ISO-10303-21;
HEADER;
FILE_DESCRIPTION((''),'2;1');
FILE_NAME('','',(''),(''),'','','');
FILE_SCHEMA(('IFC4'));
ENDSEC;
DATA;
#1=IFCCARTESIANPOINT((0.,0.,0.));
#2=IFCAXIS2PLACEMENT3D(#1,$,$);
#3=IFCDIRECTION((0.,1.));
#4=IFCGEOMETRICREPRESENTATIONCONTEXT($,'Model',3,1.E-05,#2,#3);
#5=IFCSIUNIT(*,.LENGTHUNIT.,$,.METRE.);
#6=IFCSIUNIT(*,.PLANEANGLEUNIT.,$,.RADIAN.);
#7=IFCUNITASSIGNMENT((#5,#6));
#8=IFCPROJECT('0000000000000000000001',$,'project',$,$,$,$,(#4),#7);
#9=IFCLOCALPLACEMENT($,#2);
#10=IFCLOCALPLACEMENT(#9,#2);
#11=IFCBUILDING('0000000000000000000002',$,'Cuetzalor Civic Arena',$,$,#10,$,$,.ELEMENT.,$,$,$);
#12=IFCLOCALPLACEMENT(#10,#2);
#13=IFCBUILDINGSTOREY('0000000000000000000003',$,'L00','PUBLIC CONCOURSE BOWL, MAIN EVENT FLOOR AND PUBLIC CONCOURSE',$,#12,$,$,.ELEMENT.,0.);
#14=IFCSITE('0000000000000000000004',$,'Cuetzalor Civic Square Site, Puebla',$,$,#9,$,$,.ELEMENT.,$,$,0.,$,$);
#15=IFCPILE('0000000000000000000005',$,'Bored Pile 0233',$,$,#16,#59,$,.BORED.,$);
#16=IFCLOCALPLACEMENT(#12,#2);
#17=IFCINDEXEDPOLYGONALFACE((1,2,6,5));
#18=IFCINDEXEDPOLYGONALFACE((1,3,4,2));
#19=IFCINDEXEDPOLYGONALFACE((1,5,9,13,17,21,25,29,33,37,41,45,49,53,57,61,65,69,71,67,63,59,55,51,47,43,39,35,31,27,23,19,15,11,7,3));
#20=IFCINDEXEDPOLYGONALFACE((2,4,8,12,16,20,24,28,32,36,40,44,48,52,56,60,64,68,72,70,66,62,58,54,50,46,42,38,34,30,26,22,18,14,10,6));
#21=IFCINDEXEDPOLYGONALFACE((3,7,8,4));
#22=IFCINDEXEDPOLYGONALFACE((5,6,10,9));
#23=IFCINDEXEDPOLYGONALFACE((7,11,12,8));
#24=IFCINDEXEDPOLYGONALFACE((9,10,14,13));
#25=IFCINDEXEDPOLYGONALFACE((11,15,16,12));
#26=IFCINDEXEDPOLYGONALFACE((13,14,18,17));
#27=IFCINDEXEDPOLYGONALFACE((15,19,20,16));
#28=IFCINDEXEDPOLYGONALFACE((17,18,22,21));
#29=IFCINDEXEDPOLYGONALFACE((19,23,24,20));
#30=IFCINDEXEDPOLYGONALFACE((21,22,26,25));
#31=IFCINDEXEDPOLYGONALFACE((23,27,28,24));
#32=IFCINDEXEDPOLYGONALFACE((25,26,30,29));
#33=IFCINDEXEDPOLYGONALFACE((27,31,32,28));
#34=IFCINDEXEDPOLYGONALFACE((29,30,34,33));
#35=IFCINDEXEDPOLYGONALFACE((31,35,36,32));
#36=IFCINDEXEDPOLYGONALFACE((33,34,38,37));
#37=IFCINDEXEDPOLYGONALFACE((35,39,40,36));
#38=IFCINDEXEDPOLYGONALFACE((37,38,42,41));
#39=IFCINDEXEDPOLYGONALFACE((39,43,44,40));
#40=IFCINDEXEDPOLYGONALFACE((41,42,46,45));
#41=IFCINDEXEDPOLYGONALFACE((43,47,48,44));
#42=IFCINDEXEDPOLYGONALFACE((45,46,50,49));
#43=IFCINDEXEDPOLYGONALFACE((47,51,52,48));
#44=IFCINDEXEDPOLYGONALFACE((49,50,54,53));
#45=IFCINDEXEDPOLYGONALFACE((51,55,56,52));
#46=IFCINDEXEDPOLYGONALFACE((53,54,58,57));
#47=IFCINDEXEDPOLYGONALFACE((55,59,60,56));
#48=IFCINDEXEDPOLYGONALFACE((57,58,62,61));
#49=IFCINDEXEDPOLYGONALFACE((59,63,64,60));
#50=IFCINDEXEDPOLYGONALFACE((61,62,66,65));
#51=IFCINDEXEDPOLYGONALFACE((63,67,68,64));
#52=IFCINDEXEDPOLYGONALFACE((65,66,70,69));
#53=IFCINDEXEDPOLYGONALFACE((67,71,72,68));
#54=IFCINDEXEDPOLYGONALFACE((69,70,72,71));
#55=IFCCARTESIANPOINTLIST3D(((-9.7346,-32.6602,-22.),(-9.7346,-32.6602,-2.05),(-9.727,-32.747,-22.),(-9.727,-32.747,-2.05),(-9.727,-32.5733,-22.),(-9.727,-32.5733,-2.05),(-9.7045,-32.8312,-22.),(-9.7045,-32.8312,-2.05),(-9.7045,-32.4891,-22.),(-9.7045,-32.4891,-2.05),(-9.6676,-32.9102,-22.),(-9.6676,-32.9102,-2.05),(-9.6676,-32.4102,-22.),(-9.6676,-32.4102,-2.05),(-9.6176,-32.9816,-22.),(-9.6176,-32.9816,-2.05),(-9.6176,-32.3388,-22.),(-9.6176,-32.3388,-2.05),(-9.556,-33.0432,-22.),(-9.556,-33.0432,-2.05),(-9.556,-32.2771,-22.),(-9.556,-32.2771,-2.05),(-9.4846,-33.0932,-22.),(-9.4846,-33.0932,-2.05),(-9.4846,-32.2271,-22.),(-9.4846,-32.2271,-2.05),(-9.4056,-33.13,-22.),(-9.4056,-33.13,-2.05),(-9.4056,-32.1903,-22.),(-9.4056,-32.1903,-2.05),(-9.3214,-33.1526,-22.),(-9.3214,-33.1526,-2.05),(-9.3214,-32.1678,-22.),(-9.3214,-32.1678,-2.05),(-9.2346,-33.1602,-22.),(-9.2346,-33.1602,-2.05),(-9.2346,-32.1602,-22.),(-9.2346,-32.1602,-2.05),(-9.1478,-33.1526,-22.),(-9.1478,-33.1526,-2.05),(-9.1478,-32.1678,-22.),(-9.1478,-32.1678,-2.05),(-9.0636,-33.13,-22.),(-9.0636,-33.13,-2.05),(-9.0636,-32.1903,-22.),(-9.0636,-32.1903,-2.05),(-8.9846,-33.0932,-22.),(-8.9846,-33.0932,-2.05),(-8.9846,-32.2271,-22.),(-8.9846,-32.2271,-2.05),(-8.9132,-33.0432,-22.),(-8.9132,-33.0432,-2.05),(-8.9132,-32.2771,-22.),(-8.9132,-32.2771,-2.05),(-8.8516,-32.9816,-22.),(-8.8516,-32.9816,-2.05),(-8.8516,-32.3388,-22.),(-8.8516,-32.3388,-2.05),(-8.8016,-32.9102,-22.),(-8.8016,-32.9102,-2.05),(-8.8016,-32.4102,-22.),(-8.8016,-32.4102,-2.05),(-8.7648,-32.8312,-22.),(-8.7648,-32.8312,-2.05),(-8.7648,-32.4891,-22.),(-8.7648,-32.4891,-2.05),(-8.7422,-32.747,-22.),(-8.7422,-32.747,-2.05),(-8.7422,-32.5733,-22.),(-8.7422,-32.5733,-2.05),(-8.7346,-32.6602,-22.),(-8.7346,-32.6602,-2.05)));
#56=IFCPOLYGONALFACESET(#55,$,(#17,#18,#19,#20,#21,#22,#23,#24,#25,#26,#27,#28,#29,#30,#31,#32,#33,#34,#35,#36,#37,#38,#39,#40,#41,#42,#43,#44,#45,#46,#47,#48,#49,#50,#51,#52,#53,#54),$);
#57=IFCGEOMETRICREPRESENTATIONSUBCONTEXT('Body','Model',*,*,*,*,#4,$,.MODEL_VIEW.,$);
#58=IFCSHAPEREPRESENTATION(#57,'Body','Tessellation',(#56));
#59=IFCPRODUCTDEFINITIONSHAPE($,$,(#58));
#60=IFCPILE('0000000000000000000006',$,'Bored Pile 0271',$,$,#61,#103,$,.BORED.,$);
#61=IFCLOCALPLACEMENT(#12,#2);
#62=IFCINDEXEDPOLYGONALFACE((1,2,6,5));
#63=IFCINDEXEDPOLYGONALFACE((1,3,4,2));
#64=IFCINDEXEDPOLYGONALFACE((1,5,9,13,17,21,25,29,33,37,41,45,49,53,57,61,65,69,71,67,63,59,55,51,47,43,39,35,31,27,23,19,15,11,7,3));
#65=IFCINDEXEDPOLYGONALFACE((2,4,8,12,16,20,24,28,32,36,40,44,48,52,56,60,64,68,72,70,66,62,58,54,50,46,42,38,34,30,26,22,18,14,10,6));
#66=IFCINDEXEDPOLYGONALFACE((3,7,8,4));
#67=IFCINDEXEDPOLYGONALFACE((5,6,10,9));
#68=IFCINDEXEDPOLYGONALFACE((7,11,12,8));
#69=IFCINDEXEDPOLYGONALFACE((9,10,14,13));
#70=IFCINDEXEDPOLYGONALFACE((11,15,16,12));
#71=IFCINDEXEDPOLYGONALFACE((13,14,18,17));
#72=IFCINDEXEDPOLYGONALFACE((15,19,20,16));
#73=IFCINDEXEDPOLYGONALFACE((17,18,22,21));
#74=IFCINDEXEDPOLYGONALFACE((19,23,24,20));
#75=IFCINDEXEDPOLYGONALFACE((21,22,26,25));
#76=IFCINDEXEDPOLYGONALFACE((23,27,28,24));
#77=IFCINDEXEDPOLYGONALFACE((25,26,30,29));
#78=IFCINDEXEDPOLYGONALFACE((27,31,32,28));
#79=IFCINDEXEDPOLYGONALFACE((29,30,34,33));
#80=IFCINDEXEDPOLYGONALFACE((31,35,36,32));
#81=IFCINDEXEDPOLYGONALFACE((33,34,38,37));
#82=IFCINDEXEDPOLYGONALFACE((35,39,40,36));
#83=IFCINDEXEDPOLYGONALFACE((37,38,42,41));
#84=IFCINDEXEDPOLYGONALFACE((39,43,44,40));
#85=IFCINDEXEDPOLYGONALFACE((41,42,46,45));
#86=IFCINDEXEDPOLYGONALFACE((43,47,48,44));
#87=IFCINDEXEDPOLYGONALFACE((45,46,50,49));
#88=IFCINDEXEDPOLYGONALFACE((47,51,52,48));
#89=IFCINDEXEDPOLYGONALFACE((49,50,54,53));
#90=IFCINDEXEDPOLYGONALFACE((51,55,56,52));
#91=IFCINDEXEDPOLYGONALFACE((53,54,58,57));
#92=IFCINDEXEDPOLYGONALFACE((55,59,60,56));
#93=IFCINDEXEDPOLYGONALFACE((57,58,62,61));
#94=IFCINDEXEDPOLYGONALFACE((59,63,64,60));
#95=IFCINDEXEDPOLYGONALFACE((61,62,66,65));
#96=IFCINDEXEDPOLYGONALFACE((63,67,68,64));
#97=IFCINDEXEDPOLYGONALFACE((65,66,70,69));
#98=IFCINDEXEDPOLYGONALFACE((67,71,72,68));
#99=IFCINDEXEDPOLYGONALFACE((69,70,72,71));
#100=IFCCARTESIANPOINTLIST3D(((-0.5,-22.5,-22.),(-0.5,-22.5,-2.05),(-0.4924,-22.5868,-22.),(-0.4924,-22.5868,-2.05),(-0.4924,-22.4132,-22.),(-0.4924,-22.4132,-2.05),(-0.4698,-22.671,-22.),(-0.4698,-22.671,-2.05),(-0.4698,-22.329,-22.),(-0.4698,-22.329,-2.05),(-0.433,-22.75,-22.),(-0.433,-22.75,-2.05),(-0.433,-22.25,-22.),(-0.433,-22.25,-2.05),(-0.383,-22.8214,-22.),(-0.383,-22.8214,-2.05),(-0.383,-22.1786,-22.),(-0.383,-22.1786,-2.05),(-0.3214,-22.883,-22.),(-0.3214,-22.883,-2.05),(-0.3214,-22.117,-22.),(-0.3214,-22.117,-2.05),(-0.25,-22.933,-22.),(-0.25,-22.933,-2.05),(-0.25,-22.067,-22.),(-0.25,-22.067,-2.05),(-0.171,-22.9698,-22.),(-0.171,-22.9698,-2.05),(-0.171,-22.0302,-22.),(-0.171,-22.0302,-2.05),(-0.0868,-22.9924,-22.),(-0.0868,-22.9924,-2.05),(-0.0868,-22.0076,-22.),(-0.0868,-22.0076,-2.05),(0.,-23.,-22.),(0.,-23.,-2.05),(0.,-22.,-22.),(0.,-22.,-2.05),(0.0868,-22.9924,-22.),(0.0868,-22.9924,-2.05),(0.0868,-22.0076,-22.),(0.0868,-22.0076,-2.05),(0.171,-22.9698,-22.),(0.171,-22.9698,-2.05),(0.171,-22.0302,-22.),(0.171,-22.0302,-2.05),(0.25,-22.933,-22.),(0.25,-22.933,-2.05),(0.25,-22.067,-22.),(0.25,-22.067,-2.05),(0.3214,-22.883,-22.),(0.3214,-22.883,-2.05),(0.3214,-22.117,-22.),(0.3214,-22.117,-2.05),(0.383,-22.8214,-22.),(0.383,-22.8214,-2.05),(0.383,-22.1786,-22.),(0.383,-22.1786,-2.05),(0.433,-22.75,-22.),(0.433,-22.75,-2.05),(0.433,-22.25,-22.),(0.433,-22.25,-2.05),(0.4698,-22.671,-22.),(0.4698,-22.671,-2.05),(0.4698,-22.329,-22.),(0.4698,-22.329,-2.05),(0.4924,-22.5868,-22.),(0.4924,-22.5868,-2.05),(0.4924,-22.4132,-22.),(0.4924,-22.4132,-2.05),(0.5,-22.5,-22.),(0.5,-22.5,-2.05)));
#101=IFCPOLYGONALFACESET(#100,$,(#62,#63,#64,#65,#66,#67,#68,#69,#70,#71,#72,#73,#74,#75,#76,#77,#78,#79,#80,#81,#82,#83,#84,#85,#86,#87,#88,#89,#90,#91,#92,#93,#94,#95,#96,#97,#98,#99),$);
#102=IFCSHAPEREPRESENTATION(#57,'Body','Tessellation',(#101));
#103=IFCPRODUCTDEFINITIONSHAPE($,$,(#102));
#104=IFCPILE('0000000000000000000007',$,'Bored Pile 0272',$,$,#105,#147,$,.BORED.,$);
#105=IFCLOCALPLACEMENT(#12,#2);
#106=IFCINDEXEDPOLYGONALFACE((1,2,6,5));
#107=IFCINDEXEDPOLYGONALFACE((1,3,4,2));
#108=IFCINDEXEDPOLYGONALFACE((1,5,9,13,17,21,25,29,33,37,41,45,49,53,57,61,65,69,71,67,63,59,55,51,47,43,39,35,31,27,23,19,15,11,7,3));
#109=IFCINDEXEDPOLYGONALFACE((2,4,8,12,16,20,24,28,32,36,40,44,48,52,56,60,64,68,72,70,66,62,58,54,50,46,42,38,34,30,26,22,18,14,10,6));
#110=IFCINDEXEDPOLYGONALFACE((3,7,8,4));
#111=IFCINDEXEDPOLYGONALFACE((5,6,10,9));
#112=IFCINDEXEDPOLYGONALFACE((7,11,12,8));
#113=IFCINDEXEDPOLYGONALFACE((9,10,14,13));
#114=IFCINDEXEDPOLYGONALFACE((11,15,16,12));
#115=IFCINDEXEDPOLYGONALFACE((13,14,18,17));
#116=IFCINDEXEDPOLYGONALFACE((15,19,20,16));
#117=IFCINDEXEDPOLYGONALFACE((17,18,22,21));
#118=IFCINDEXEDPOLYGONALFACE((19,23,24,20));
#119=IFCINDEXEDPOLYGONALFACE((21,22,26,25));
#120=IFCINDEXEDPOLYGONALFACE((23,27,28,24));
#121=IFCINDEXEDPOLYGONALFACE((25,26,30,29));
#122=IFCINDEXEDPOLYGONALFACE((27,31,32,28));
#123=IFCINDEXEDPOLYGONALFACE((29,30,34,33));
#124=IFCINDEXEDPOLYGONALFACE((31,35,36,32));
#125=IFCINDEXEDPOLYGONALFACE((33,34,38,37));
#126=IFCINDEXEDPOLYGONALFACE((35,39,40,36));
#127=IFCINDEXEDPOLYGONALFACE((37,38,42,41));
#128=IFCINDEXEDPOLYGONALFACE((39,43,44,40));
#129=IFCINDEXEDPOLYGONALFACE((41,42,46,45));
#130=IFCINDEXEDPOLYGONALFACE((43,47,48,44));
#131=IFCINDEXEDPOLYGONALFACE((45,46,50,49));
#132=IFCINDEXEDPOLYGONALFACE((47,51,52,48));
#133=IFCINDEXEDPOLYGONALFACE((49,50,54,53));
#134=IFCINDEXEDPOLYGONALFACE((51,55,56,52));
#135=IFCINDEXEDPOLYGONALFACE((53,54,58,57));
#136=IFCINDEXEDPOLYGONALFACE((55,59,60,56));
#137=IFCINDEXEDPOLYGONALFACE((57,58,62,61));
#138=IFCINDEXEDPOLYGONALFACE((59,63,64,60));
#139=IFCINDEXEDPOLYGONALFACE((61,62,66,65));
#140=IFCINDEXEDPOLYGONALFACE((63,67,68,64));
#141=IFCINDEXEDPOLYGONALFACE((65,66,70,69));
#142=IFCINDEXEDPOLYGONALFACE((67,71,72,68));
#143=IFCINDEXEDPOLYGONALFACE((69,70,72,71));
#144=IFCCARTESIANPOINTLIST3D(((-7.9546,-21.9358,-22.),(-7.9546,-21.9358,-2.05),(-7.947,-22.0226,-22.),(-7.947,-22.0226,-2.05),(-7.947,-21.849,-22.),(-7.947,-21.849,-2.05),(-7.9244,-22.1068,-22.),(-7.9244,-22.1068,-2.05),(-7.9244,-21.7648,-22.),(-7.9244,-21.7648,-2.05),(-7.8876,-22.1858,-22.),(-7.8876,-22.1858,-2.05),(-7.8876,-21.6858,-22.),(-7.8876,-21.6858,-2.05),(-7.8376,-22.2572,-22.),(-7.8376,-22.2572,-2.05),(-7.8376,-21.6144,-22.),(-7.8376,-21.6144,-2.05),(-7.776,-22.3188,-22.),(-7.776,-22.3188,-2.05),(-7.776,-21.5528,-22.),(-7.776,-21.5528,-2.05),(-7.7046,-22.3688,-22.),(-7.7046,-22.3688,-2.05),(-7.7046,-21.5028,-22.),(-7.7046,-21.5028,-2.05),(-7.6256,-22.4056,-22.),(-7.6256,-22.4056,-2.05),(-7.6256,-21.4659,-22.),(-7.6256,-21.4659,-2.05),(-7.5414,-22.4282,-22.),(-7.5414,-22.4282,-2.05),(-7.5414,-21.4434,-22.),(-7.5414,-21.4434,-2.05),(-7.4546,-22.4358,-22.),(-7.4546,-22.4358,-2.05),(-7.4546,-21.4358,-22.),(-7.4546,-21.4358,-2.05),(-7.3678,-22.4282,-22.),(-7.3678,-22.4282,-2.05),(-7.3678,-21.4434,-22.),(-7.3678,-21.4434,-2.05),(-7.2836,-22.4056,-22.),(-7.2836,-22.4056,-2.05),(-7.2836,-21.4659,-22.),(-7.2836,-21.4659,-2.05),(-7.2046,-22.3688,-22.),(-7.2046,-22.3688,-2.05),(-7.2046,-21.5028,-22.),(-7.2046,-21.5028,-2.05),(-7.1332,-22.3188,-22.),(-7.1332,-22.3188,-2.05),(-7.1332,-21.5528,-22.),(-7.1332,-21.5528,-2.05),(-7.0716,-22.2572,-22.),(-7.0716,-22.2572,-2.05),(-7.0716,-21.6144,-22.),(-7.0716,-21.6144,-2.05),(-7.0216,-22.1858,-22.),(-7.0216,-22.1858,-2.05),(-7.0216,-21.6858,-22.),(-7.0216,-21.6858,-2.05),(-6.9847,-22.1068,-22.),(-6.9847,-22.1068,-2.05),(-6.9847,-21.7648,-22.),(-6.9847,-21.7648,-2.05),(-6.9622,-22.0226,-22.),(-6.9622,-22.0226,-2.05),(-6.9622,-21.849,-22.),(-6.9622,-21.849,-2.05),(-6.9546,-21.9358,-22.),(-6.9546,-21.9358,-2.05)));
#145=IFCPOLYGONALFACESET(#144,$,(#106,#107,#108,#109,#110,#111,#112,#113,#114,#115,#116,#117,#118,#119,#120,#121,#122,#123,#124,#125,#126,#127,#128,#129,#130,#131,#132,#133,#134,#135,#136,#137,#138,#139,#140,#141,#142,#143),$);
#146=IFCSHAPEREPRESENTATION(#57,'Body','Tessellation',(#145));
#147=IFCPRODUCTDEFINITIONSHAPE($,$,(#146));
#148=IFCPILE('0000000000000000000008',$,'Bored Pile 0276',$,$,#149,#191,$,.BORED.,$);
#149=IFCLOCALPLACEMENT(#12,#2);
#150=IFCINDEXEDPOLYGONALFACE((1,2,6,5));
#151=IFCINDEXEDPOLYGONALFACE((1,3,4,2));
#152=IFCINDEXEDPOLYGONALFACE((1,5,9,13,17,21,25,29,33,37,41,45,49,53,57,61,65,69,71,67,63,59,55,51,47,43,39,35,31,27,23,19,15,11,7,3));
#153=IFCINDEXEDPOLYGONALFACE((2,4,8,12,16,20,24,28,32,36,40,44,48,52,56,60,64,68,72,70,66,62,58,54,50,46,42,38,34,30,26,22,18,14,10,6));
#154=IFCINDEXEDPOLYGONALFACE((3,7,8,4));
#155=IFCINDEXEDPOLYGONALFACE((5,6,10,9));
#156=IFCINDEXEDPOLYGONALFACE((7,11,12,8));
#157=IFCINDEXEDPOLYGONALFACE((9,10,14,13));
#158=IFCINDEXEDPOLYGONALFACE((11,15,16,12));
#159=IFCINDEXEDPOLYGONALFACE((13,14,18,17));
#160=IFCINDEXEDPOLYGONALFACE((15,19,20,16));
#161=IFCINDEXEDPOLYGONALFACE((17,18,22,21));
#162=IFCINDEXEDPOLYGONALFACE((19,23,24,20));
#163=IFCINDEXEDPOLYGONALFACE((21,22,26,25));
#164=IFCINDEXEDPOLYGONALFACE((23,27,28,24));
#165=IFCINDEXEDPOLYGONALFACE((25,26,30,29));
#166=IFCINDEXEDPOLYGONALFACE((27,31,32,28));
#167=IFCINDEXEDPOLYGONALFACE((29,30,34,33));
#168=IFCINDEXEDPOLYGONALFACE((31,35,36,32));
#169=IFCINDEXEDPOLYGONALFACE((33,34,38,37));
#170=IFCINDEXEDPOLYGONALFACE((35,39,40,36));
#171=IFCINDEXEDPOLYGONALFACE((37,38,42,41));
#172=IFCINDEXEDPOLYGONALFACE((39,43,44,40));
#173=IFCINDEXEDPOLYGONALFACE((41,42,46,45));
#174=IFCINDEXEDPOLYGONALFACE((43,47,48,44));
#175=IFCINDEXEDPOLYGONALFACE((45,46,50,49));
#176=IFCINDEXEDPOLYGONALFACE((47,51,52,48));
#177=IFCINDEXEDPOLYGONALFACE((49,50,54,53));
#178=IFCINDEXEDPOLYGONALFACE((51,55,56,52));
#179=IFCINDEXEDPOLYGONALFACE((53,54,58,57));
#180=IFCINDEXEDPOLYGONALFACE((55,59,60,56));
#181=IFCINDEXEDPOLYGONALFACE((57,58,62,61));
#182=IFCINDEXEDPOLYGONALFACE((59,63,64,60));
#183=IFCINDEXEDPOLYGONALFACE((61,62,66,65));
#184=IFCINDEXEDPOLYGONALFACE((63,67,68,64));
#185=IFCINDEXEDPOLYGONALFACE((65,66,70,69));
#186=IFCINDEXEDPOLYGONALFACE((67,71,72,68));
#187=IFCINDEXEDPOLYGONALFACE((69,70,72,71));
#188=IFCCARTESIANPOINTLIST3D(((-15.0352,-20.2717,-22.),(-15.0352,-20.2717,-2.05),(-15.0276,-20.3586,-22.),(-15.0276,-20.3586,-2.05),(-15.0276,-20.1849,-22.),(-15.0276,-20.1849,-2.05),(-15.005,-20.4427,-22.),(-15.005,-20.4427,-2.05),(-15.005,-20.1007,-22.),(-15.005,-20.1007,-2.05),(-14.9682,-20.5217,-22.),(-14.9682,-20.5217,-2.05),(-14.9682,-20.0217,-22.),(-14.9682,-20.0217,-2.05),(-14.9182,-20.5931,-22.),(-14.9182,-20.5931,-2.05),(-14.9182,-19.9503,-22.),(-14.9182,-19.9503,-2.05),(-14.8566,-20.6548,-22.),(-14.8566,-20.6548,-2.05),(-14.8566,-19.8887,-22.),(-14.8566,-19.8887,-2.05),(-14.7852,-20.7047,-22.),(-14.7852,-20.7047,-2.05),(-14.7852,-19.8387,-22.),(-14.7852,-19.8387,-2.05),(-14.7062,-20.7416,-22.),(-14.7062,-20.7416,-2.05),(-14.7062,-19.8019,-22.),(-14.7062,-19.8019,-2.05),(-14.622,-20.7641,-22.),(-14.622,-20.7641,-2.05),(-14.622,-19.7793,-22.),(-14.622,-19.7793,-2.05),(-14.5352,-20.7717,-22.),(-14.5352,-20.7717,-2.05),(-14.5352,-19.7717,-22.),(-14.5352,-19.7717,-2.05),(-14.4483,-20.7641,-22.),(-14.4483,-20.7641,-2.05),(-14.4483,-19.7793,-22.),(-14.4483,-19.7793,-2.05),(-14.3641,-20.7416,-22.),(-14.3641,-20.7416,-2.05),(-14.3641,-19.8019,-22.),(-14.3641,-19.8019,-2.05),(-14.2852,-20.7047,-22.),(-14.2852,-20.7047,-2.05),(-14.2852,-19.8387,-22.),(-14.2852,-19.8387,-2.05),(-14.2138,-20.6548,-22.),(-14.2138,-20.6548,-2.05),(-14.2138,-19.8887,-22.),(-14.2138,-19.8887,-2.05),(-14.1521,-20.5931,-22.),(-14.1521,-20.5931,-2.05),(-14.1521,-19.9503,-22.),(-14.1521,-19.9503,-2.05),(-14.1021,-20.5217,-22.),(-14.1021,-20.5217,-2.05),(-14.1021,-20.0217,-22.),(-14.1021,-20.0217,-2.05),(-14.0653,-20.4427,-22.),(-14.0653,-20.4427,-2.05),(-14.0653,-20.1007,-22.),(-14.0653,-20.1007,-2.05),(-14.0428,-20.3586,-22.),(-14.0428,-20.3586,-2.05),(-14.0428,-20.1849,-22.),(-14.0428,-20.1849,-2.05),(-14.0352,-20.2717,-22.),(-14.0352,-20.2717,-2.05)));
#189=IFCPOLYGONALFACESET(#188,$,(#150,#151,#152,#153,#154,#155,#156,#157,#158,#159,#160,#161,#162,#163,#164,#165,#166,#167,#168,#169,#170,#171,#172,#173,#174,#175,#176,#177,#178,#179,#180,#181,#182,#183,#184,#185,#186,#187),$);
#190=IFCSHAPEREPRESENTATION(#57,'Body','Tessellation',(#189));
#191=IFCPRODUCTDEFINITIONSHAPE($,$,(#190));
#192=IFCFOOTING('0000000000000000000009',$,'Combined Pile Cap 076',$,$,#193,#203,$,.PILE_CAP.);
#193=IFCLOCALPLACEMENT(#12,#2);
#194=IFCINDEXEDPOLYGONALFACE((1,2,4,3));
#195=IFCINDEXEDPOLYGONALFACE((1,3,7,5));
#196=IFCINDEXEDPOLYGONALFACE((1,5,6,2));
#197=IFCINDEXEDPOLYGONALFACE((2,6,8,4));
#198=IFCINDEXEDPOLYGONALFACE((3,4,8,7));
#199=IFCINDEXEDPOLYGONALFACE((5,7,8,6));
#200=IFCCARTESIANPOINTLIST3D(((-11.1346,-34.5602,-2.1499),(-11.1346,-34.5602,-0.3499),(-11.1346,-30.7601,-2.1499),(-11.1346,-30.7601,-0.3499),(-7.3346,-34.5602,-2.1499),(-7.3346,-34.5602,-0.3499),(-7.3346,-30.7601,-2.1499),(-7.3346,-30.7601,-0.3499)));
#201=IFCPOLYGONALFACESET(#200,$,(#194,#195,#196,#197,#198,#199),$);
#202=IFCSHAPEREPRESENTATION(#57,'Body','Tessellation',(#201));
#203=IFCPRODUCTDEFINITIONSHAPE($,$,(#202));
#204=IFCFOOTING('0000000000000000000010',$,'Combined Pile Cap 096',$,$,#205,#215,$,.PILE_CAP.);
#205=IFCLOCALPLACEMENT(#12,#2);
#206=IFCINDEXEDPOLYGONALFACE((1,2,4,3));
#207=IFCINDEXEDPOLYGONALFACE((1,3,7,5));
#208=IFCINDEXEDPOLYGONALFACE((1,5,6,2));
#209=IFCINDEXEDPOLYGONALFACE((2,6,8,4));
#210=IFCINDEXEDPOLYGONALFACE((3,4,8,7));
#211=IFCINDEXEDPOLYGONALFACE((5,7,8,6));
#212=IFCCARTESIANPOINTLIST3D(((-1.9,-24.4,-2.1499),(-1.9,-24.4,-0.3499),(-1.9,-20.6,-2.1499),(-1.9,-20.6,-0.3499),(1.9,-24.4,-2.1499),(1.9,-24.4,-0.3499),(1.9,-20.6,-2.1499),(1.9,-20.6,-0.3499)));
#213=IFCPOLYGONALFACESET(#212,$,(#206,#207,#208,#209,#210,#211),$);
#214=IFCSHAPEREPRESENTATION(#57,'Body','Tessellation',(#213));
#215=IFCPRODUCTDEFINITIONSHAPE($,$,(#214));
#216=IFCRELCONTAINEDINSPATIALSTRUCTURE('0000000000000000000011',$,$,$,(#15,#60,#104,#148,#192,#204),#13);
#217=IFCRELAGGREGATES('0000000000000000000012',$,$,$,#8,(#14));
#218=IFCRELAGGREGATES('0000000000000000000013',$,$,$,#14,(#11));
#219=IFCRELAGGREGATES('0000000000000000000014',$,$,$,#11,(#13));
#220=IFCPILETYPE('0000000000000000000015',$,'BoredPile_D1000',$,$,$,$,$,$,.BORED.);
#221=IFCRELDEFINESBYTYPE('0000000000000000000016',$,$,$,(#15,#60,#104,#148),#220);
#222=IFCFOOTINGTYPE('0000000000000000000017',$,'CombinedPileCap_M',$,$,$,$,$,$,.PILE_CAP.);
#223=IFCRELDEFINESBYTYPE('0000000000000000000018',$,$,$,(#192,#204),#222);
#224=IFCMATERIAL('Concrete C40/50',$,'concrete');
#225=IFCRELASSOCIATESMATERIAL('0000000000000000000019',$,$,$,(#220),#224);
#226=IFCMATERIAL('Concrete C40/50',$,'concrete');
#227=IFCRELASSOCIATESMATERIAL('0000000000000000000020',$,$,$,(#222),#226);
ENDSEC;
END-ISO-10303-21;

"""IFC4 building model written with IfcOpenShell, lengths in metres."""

from ifc_helpers import new_model, si_unit, direction, frame, origin, origin_2d, place, context, subcontext, project, spatial, rectangle, circle, extrude, material, material_profile, profile_set, type_object, element, save


model = new_model("IFC4")

# Units and contexts
model_context = context("Model", 3, precision=1e-05, world=origin(), true_north=direction((0.0, 1.0)))
body_context = subcontext(model_context, "Body", "Model", "MODEL_VIEW")
ifc_project = project(units=[si_unit("LENGTHUNIT", "METRE"), si_unit("PLANEANGLEUNIT", "RADIAN")], contexts=[model_context])

# Site, building, storey
site_placement = place(None, origin())
site = spatial("IfcSite", under=ifc_project, at=site_placement, Name="Cuetzalor Civic Square Site, Puebla", CompositionType="ELEMENT", RefElevation=0.0)
building_placement = place(site_placement, origin())
building = spatial("IfcBuilding", under=site, at=building_placement, Name="Cuetzalor Civic Arena", CompositionType="ELEMENT")
storey_placement = place(building_placement, origin())
storey = spatial("IfcBuildingStorey", under=building, at=storey_placement, Name="L00", Description="PUBLIC CONCOURSE BOWL, MAIN EVENT FLOOR AND PUBLIC CONCOURSE", CompositionType="ELEMENT", Elevation=0.0)

# Piles
ifc_material_1 = material(Name="Concrete C40/50", Category="concrete")
ifc_material_profile_1 = material_profile(ifc_material_1, circle(Radius=0.5, at=origin_2d()), Name="BORED PILE D1000")
ifc_profile_set_1 = profile_set([ifc_material_profile_1], Name="Concrete C40/50")
pile_type = type_object("IfcPileType", Name="BoredPile_D1000", PredefinedType="BORED", material=ifc_profile_set_1)
for number, where, z_axis, x_axis, name in (
    (1, (-9.2346, -32.6602, -2.05), (0.0, 0.0, -1.0), (1.0, 0.0, 0.0), "Bored Pile 0233"),
    (2, (0.0, -22.5, -2.05), (0.0, 0.0, -1.0), (1.0, 0.0, 0.0), "Bored Pile 0271"),
    (3, (-7.4546, -21.9358, -2.05), (0.0, 0.0, -1.0), (1.0, 0.0, 0.0), "Bored Pile 0272"),
    (4, (-14.5352, -20.2717, -2.05), (0.0, 0.0, -1.0), (1.0, 0.0, 0.0), "Bored Pile 0276"),
):
    element("IfcPile", number, at=place(storey_placement, frame(where, z_axis=z_axis, x_axis=x_axis)), inside=storey, type_object=pile_type, Name=name, PredefinedType="BORED", context=body_context, shape_type="SweptSolid", body=[
        extrude(circle(Radius=0.5, at=origin_2d()), origin(), (0.0, 0.0, 1.0), 19.95),
    ])

# Footings
ifc_material_2 = material(Name="Concrete C40/50", Category="concrete")
footing_type_1 = type_object("IfcFootingType", Name="CombinedPileCap_M", PredefinedType="PILE_CAP", material=ifc_material_2)
for number, where, z_axis, x_axis, name in (
    (5, (-9.2346, -32.6602, -2.1499), (0.0, 0.0, 1.0), (1.0, 0.0, 0.0), "Combined Pile Cap 076"),
    (6, (0.0, -22.5, -2.1499), (0.0, 0.0, 1.0), (1.0, 0.0, 0.0), "Combined Pile Cap 096"),
):
    element("IfcFooting", number, at=place(storey_placement, frame(where, z_axis=z_axis, x_axis=x_axis)), inside=storey, type_object=footing_type_1, Name=name, PredefinedType="PILE_CAP", context=body_context, shape_type="SweptSolid", body=[
        extrude(rectangle(XDim=3.8, YDim=3.8, at=origin_2d()), origin(), (0.0, 0.0, 1.0), 1.8),
    ])

save(model, "model.ifc")
